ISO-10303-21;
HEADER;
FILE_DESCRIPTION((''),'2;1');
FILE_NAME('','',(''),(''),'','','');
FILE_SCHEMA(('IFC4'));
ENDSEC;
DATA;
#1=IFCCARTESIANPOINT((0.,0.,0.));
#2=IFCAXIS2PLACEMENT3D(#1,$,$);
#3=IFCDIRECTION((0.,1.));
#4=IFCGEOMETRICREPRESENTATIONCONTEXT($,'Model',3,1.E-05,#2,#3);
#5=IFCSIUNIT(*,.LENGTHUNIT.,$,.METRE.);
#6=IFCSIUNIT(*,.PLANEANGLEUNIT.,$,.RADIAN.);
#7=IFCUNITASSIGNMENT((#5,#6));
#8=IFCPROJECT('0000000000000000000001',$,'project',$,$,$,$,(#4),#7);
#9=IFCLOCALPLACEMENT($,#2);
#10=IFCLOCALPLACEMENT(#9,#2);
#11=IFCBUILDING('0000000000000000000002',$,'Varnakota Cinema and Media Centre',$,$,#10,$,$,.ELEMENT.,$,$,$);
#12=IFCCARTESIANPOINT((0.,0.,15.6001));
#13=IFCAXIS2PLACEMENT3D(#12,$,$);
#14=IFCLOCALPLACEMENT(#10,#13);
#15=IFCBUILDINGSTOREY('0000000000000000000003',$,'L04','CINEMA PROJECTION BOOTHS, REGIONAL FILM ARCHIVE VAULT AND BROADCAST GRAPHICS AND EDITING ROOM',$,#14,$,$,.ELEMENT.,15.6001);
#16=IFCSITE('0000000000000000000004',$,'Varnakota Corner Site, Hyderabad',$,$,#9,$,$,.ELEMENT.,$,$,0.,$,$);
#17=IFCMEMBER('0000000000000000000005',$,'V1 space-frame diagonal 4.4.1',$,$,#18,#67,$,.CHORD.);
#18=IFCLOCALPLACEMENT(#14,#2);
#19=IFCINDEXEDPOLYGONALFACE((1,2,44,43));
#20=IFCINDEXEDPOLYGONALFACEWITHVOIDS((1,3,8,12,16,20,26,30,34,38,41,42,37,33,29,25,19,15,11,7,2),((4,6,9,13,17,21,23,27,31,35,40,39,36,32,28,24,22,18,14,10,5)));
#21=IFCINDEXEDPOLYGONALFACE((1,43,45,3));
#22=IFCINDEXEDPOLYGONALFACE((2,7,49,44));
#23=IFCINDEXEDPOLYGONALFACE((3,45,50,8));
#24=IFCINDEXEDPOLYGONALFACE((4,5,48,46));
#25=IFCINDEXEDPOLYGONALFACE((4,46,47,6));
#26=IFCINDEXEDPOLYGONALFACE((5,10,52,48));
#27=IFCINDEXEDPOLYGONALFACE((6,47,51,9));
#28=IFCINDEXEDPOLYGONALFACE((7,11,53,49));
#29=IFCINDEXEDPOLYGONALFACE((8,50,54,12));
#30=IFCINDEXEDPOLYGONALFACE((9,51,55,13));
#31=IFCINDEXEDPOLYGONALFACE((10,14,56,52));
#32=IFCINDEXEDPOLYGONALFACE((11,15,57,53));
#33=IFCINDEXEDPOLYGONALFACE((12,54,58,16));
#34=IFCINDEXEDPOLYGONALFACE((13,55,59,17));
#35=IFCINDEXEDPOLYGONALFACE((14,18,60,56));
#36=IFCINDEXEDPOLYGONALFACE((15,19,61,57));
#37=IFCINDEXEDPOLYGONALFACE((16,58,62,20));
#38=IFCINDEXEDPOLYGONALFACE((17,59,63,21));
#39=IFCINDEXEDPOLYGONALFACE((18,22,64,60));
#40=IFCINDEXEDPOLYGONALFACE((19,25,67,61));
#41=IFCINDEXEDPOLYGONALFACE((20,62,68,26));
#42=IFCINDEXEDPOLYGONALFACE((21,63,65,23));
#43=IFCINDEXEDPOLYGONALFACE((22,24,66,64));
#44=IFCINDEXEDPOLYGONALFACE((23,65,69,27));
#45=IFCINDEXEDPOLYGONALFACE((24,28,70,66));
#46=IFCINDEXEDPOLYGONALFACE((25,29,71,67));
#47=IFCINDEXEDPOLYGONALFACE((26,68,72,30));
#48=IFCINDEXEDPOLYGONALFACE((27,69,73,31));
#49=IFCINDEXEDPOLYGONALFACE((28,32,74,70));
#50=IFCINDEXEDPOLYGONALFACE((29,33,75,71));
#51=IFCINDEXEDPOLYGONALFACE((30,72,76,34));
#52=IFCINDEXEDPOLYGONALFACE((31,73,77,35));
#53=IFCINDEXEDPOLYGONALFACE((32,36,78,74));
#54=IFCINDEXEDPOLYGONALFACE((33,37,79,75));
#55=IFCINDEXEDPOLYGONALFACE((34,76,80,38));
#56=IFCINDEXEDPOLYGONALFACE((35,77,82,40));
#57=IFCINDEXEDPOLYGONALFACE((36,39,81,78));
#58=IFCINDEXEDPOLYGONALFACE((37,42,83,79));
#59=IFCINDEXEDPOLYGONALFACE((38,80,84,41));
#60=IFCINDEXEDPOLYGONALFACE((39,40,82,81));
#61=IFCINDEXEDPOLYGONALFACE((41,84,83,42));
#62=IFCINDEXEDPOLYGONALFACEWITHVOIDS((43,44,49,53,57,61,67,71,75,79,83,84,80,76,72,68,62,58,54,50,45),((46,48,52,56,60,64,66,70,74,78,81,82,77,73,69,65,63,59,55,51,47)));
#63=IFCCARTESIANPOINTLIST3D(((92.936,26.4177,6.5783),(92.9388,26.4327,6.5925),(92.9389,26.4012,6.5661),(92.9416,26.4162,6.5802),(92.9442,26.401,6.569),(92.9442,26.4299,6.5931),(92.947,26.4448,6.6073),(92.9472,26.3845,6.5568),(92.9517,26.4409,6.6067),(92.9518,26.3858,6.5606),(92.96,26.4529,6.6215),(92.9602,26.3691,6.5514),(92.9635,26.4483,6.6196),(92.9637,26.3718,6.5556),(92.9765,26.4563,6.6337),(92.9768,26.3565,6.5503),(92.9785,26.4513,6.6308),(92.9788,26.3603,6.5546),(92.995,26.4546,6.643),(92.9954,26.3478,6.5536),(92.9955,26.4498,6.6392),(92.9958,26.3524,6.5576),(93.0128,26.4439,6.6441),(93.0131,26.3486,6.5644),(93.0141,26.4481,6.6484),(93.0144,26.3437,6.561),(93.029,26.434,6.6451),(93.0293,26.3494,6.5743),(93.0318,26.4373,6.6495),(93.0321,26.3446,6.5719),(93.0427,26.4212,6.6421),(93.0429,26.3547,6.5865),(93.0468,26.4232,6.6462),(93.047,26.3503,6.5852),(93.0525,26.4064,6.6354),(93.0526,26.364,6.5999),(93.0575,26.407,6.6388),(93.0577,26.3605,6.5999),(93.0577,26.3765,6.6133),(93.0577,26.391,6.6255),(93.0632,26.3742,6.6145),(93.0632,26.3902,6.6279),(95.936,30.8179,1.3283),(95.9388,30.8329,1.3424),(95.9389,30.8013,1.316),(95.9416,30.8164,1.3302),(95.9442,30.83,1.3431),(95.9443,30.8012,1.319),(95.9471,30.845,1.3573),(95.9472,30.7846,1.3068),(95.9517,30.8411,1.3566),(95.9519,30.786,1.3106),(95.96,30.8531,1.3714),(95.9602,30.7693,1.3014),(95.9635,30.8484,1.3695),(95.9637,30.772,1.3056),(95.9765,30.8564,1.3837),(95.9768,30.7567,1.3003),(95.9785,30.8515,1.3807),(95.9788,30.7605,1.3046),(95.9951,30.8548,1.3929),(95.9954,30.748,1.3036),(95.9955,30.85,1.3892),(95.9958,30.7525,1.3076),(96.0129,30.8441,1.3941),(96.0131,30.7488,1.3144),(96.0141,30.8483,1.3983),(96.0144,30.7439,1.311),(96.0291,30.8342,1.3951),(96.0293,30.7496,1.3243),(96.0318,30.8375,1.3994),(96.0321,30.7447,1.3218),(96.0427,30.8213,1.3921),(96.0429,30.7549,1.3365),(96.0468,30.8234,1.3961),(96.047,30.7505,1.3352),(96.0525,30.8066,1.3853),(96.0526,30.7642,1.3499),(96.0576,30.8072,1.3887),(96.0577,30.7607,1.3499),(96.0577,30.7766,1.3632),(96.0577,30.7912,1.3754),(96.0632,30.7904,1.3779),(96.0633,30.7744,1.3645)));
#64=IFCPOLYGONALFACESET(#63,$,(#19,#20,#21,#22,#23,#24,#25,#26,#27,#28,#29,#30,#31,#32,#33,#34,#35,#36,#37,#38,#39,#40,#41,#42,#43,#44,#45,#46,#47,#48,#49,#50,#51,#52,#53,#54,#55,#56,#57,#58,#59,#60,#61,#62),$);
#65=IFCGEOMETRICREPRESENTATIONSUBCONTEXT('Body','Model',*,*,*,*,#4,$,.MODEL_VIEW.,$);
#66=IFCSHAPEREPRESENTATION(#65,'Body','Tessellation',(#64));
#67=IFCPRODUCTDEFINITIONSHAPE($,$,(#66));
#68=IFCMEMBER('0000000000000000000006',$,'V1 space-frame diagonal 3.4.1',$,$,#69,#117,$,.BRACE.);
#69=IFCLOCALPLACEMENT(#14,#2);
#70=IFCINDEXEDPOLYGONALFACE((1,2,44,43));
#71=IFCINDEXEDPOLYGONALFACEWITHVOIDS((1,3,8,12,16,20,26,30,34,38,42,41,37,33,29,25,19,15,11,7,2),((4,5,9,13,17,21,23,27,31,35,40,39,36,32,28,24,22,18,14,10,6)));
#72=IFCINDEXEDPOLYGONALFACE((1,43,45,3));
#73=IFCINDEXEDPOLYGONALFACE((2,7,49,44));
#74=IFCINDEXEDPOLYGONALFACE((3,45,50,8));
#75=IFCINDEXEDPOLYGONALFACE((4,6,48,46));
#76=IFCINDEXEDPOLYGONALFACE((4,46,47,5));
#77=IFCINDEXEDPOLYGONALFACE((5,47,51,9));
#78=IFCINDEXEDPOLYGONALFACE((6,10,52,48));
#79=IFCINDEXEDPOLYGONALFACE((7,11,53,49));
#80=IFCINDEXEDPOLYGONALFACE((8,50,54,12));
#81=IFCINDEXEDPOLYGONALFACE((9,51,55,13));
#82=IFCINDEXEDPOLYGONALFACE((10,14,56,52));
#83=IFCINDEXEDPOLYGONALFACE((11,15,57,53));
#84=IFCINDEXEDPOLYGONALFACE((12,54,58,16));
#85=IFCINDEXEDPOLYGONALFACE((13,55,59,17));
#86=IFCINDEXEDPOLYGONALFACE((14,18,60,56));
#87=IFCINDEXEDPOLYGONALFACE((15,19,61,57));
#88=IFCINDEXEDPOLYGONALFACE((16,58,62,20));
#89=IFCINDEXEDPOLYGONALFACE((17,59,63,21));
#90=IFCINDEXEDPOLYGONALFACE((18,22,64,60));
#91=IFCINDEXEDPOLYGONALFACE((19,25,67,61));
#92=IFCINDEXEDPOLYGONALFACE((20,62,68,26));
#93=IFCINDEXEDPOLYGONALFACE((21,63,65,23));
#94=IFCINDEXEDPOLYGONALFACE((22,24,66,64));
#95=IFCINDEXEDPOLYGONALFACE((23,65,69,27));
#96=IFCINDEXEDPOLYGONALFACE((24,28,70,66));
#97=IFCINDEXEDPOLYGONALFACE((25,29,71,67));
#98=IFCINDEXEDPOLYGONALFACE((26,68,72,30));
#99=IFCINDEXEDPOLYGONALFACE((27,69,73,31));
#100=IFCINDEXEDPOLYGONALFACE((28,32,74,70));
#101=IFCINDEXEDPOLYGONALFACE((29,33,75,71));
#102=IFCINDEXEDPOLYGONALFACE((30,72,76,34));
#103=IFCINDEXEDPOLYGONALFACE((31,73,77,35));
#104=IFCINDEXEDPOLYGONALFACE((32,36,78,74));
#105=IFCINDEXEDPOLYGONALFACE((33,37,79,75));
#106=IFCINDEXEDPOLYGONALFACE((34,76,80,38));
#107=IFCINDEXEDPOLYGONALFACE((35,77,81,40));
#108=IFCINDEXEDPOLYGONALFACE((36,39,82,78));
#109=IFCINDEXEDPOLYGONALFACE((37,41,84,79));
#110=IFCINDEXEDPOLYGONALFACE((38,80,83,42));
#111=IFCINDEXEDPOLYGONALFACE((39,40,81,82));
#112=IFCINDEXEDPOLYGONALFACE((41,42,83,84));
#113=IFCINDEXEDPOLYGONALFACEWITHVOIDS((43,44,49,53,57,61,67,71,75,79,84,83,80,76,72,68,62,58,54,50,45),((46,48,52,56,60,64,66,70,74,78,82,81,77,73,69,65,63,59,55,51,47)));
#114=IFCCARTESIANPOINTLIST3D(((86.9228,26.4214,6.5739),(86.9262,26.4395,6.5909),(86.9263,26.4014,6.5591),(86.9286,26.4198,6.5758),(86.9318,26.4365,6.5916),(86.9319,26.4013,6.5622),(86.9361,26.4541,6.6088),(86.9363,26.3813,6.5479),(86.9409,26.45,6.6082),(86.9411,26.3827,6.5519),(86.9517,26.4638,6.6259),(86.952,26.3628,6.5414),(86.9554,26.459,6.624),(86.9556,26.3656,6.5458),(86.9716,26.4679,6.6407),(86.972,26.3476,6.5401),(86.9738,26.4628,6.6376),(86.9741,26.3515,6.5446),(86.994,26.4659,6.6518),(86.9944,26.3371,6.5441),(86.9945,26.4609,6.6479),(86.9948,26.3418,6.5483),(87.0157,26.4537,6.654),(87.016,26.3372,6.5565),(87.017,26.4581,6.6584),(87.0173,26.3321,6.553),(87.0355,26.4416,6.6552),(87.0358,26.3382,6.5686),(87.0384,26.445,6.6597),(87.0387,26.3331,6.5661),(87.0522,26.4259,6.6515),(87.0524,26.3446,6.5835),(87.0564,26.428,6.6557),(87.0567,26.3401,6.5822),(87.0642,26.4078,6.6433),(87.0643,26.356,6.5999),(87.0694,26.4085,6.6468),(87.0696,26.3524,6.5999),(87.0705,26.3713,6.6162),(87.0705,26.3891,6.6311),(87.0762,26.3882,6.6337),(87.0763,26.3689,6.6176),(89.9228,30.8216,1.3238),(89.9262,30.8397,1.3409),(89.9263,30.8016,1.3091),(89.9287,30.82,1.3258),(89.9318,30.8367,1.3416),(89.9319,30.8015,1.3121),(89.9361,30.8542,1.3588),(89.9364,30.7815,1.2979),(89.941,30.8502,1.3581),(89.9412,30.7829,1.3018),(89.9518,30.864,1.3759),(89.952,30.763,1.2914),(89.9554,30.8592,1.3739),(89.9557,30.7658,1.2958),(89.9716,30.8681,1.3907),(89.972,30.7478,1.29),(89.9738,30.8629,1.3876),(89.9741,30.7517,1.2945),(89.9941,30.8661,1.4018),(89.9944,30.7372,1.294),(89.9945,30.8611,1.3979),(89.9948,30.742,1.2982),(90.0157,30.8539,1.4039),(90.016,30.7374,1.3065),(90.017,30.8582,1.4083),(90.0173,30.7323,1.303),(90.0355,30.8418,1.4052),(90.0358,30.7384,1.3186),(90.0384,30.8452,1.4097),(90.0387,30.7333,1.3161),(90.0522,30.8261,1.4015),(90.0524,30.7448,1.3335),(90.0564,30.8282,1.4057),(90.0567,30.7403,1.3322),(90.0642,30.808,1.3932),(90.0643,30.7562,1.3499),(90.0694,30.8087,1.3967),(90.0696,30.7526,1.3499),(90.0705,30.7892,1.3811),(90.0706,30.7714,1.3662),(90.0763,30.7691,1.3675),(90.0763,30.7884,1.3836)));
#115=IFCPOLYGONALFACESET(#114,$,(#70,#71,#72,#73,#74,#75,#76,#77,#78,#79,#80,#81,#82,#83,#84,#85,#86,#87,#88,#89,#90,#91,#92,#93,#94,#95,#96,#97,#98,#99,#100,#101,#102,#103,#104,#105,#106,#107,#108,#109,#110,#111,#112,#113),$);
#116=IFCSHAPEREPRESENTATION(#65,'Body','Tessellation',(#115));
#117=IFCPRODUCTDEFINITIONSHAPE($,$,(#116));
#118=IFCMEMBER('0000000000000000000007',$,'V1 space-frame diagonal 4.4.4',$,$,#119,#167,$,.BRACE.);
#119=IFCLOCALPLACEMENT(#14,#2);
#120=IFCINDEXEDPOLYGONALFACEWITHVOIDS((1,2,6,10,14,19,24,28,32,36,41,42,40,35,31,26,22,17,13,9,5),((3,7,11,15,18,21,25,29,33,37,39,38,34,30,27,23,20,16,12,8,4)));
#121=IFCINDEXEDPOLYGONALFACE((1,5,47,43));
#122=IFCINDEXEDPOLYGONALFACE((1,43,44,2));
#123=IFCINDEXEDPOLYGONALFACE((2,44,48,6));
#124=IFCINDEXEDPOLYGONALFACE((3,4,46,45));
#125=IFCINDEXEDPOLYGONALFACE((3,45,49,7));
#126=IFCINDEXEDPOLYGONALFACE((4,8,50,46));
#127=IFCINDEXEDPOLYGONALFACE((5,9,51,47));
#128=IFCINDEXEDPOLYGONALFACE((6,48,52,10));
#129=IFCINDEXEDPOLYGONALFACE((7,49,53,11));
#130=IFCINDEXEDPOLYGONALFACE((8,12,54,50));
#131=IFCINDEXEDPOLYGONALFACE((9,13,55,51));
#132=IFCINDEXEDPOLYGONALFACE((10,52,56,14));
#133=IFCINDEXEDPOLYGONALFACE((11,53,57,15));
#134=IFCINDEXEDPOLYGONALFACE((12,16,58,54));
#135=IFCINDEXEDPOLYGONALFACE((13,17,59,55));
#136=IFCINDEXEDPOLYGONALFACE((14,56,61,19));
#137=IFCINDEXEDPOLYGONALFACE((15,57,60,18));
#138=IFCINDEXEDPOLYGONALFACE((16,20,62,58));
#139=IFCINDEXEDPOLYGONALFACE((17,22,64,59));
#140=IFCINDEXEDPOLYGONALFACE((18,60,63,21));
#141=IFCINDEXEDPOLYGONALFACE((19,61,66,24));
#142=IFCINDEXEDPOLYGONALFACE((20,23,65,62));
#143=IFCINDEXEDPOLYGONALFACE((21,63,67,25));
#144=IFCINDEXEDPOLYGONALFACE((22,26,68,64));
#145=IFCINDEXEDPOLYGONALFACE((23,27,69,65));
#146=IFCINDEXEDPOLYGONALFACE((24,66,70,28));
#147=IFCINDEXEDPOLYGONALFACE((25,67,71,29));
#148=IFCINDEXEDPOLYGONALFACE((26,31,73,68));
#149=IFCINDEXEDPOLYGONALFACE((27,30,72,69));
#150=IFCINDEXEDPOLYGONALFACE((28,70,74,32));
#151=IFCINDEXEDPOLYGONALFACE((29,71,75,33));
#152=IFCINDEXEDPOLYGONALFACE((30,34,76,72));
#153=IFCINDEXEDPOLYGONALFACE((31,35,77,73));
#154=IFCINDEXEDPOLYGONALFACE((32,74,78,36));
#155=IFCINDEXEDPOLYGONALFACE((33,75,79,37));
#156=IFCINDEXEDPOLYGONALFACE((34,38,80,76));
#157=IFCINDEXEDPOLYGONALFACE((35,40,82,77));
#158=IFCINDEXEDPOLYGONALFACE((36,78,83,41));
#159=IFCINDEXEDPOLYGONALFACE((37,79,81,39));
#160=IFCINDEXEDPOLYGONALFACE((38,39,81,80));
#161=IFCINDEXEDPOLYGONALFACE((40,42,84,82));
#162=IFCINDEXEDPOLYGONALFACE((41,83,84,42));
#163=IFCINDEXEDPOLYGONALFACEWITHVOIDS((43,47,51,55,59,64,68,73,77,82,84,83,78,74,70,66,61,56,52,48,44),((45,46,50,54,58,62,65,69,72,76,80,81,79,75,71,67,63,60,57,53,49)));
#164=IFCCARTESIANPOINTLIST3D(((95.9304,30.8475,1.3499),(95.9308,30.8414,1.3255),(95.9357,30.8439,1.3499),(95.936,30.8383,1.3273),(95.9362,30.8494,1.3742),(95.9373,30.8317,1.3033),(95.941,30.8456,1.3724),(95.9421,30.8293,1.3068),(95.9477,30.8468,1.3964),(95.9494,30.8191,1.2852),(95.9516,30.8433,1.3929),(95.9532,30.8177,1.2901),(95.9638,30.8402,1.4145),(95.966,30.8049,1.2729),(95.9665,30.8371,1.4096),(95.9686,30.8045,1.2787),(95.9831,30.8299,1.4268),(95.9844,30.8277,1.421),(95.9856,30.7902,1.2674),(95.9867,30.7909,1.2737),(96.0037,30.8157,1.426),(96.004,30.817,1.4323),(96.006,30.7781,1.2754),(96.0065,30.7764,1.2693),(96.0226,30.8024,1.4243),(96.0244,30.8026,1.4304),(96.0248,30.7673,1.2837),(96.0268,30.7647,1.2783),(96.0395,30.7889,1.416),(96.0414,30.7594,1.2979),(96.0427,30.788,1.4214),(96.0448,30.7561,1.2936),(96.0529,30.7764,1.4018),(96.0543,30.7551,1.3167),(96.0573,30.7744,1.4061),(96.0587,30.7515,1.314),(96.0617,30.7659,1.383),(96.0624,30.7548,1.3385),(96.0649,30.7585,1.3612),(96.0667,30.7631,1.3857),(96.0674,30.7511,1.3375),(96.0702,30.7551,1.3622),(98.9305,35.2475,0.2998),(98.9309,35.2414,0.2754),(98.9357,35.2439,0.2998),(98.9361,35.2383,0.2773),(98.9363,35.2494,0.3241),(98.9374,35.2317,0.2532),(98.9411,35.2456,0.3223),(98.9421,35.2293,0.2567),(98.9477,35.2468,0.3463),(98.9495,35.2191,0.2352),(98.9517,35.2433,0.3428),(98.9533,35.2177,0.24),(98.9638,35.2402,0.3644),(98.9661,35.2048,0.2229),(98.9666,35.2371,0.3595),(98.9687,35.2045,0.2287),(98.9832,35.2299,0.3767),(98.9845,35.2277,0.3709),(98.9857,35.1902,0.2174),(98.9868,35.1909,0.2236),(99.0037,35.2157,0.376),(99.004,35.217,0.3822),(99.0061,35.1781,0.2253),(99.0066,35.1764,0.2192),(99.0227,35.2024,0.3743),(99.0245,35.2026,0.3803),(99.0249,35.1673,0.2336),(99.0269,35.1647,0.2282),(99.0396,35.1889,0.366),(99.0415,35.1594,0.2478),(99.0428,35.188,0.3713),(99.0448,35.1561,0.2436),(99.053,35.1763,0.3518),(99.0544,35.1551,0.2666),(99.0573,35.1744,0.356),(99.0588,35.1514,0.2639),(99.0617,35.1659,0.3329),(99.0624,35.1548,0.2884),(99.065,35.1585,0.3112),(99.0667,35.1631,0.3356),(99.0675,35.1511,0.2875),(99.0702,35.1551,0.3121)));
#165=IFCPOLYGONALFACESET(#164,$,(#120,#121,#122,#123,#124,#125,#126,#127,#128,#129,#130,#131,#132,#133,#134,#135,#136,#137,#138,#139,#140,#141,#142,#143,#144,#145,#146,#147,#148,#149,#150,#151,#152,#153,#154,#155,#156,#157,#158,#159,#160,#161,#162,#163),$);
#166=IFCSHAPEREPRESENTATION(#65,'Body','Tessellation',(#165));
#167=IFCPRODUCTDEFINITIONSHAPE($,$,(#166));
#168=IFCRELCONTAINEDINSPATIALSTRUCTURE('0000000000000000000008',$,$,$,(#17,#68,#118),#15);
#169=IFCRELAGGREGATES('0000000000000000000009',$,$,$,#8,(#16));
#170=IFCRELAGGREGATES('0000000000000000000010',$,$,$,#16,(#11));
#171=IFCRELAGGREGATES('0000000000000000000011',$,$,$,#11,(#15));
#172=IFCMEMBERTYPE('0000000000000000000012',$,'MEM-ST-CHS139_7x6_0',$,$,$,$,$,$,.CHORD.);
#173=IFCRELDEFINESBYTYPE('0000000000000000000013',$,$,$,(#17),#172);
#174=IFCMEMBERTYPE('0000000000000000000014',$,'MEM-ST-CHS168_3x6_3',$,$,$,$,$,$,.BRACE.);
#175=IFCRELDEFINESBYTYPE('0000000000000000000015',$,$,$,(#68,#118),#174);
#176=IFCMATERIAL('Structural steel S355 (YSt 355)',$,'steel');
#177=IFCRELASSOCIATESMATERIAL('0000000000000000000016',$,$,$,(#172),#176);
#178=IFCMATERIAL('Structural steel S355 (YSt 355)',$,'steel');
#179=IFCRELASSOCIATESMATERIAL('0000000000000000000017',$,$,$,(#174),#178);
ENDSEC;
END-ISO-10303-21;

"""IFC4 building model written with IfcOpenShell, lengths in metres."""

from ifc_helpers import new_model, si_unit, direction, frame, origin, origin_2d, place, context, subcontext, project, spatial, hollow_circle, extrude, material, material_profile, profile_set, type_object, element, save


model = new_model("IFC4")

# Units and contexts
model_context = context("Model", 3, precision=1e-05, world=origin(), true_north=direction((0.0, 1.0)))
body_context = subcontext(model_context, "Body", "Model", "MODEL_VIEW")
ifc_project = project(units=[si_unit("LENGTHUNIT", "METRE"), si_unit("PLANEANGLEUNIT", "RADIAN")], contexts=[model_context])

# Site, building, storey
site_placement = place(None, origin())
site = spatial("IfcSite", under=ifc_project, at=site_placement, Name="Varnakota Corner Site, Hyderabad", CompositionType="ELEMENT", RefElevation=0.0)
building_placement = place(site_placement, origin())
building = spatial("IfcBuilding", under=site, at=building_placement, Name="Varnakota Cinema and Media Centre", CompositionType="ELEMENT")
storey_placement = place(building_placement, frame((0.0, 0.0, 15.6001)))
storey = spatial("IfcBuildingStorey", under=building, at=storey_placement, Name="L04", Description="CINEMA PROJECTION BOOTHS, REGIONAL FILM ARCHIVE VAULT AND BROADCAST GRAPHICS AND EDITING ROOM", CompositionType="ELEMENT", Elevation=15.6001)

# Members
ifc_material_1 = material(Name="Structural steel S355 (YSt 355)", Category="steel")
ifc_material_profile_1 = material_profile(ifc_material_1, hollow_circle(Radius=0.0698, WallThickness=0.0061, at=origin_2d()), Name="CHS 139.7x6.0")
ifc_profile_set_1 = profile_set([ifc_material_profile_1], Name="Structural steel S355 (YSt 355)")
member_type_1 = type_object("IfcMemberType", Name="MEM-ST-CHS139_7x6_0", PredefinedType="CHORD", material=ifc_profile_set_1)
for number, where, z_axis, x_axis, name in (
    (1, (96.0, 30.8, 1.3499), (-0.401165, -0.588395, 0.702039), (0.826236, -0.563324, 0.0), "V1 space-frame diagonal 4.4.1"),
):
    element("IfcMember", number, at=place(storey_placement, frame(where, z_axis=z_axis, x_axis=x_axis)), inside=storey, type_object=member_type_1, Name=name, PredefinedType="CHORD", context=body_context, shape_type="SweptSolid", body=[
        extrude(hollow_circle(Radius=0.0698, WallThickness=0.0061, at=origin_2d()), origin(), (0.0, 0.0, 1.0), 7.4783),
    ])
ifc_material_2 = material(Name="Structural steel S355 (YSt 355)", Category="steel")
ifc_material_profile_2 = material_profile(ifc_material_2, hollow_circle(Radius=0.0842, WallThickness=0.0063, at=origin_2d()), Name="CHS 168.3x6.3")
ifc_profile_set_2 = profile_set([ifc_material_profile_2], Name="Structural steel S355 (YSt 355)")
member_type_2 = type_object("IfcMemberType", Name="MEM-ST-CHS168_3x6_3", PredefinedType="BRACE", material=ifc_profile_set_2)
member_1_placement = place(storey_placement, frame((90.0, 30.8, 1.3499), z_axis=(-0.401165, -0.588395, 0.702039), x_axis=(0.826236, -0.563324, 0.0)))
element("IfcMember", 2, at=member_1_placement, inside=storey, type_object=member_type_2, Name="V1 space-frame diagonal 3.4.1", PredefinedType="BRACE", context=body_context, shape_type="SweptSolid", body=[
    extrude(hollow_circle(Radius=0.0842, WallThickness=0.0063, at=origin_2d()), origin(), (0.0, 0.0, 1.0), 7.4783),
])
member_2_placement = place(storey_placement, frame((96.0, 30.8, 1.3499), z_axis=(0.552703, 0.810613, -0.193455), x_axis=(-0.826222, 0.563345, 0.0)))
element("IfcMember", 3, at=member_2_placement, inside=storey, type_object=member_type_2, Name="V1 space-frame diagonal 4.4.4", PredefinedType="BRACE", context=body_context, shape_type="SweptSolid", body=[
    extrude(hollow_circle(Radius=0.0842, WallThickness=0.0063, at=origin_2d()), origin(), (0.0, 0.0, 1.0), 5.428),
])

save(model, "model.ifc")
